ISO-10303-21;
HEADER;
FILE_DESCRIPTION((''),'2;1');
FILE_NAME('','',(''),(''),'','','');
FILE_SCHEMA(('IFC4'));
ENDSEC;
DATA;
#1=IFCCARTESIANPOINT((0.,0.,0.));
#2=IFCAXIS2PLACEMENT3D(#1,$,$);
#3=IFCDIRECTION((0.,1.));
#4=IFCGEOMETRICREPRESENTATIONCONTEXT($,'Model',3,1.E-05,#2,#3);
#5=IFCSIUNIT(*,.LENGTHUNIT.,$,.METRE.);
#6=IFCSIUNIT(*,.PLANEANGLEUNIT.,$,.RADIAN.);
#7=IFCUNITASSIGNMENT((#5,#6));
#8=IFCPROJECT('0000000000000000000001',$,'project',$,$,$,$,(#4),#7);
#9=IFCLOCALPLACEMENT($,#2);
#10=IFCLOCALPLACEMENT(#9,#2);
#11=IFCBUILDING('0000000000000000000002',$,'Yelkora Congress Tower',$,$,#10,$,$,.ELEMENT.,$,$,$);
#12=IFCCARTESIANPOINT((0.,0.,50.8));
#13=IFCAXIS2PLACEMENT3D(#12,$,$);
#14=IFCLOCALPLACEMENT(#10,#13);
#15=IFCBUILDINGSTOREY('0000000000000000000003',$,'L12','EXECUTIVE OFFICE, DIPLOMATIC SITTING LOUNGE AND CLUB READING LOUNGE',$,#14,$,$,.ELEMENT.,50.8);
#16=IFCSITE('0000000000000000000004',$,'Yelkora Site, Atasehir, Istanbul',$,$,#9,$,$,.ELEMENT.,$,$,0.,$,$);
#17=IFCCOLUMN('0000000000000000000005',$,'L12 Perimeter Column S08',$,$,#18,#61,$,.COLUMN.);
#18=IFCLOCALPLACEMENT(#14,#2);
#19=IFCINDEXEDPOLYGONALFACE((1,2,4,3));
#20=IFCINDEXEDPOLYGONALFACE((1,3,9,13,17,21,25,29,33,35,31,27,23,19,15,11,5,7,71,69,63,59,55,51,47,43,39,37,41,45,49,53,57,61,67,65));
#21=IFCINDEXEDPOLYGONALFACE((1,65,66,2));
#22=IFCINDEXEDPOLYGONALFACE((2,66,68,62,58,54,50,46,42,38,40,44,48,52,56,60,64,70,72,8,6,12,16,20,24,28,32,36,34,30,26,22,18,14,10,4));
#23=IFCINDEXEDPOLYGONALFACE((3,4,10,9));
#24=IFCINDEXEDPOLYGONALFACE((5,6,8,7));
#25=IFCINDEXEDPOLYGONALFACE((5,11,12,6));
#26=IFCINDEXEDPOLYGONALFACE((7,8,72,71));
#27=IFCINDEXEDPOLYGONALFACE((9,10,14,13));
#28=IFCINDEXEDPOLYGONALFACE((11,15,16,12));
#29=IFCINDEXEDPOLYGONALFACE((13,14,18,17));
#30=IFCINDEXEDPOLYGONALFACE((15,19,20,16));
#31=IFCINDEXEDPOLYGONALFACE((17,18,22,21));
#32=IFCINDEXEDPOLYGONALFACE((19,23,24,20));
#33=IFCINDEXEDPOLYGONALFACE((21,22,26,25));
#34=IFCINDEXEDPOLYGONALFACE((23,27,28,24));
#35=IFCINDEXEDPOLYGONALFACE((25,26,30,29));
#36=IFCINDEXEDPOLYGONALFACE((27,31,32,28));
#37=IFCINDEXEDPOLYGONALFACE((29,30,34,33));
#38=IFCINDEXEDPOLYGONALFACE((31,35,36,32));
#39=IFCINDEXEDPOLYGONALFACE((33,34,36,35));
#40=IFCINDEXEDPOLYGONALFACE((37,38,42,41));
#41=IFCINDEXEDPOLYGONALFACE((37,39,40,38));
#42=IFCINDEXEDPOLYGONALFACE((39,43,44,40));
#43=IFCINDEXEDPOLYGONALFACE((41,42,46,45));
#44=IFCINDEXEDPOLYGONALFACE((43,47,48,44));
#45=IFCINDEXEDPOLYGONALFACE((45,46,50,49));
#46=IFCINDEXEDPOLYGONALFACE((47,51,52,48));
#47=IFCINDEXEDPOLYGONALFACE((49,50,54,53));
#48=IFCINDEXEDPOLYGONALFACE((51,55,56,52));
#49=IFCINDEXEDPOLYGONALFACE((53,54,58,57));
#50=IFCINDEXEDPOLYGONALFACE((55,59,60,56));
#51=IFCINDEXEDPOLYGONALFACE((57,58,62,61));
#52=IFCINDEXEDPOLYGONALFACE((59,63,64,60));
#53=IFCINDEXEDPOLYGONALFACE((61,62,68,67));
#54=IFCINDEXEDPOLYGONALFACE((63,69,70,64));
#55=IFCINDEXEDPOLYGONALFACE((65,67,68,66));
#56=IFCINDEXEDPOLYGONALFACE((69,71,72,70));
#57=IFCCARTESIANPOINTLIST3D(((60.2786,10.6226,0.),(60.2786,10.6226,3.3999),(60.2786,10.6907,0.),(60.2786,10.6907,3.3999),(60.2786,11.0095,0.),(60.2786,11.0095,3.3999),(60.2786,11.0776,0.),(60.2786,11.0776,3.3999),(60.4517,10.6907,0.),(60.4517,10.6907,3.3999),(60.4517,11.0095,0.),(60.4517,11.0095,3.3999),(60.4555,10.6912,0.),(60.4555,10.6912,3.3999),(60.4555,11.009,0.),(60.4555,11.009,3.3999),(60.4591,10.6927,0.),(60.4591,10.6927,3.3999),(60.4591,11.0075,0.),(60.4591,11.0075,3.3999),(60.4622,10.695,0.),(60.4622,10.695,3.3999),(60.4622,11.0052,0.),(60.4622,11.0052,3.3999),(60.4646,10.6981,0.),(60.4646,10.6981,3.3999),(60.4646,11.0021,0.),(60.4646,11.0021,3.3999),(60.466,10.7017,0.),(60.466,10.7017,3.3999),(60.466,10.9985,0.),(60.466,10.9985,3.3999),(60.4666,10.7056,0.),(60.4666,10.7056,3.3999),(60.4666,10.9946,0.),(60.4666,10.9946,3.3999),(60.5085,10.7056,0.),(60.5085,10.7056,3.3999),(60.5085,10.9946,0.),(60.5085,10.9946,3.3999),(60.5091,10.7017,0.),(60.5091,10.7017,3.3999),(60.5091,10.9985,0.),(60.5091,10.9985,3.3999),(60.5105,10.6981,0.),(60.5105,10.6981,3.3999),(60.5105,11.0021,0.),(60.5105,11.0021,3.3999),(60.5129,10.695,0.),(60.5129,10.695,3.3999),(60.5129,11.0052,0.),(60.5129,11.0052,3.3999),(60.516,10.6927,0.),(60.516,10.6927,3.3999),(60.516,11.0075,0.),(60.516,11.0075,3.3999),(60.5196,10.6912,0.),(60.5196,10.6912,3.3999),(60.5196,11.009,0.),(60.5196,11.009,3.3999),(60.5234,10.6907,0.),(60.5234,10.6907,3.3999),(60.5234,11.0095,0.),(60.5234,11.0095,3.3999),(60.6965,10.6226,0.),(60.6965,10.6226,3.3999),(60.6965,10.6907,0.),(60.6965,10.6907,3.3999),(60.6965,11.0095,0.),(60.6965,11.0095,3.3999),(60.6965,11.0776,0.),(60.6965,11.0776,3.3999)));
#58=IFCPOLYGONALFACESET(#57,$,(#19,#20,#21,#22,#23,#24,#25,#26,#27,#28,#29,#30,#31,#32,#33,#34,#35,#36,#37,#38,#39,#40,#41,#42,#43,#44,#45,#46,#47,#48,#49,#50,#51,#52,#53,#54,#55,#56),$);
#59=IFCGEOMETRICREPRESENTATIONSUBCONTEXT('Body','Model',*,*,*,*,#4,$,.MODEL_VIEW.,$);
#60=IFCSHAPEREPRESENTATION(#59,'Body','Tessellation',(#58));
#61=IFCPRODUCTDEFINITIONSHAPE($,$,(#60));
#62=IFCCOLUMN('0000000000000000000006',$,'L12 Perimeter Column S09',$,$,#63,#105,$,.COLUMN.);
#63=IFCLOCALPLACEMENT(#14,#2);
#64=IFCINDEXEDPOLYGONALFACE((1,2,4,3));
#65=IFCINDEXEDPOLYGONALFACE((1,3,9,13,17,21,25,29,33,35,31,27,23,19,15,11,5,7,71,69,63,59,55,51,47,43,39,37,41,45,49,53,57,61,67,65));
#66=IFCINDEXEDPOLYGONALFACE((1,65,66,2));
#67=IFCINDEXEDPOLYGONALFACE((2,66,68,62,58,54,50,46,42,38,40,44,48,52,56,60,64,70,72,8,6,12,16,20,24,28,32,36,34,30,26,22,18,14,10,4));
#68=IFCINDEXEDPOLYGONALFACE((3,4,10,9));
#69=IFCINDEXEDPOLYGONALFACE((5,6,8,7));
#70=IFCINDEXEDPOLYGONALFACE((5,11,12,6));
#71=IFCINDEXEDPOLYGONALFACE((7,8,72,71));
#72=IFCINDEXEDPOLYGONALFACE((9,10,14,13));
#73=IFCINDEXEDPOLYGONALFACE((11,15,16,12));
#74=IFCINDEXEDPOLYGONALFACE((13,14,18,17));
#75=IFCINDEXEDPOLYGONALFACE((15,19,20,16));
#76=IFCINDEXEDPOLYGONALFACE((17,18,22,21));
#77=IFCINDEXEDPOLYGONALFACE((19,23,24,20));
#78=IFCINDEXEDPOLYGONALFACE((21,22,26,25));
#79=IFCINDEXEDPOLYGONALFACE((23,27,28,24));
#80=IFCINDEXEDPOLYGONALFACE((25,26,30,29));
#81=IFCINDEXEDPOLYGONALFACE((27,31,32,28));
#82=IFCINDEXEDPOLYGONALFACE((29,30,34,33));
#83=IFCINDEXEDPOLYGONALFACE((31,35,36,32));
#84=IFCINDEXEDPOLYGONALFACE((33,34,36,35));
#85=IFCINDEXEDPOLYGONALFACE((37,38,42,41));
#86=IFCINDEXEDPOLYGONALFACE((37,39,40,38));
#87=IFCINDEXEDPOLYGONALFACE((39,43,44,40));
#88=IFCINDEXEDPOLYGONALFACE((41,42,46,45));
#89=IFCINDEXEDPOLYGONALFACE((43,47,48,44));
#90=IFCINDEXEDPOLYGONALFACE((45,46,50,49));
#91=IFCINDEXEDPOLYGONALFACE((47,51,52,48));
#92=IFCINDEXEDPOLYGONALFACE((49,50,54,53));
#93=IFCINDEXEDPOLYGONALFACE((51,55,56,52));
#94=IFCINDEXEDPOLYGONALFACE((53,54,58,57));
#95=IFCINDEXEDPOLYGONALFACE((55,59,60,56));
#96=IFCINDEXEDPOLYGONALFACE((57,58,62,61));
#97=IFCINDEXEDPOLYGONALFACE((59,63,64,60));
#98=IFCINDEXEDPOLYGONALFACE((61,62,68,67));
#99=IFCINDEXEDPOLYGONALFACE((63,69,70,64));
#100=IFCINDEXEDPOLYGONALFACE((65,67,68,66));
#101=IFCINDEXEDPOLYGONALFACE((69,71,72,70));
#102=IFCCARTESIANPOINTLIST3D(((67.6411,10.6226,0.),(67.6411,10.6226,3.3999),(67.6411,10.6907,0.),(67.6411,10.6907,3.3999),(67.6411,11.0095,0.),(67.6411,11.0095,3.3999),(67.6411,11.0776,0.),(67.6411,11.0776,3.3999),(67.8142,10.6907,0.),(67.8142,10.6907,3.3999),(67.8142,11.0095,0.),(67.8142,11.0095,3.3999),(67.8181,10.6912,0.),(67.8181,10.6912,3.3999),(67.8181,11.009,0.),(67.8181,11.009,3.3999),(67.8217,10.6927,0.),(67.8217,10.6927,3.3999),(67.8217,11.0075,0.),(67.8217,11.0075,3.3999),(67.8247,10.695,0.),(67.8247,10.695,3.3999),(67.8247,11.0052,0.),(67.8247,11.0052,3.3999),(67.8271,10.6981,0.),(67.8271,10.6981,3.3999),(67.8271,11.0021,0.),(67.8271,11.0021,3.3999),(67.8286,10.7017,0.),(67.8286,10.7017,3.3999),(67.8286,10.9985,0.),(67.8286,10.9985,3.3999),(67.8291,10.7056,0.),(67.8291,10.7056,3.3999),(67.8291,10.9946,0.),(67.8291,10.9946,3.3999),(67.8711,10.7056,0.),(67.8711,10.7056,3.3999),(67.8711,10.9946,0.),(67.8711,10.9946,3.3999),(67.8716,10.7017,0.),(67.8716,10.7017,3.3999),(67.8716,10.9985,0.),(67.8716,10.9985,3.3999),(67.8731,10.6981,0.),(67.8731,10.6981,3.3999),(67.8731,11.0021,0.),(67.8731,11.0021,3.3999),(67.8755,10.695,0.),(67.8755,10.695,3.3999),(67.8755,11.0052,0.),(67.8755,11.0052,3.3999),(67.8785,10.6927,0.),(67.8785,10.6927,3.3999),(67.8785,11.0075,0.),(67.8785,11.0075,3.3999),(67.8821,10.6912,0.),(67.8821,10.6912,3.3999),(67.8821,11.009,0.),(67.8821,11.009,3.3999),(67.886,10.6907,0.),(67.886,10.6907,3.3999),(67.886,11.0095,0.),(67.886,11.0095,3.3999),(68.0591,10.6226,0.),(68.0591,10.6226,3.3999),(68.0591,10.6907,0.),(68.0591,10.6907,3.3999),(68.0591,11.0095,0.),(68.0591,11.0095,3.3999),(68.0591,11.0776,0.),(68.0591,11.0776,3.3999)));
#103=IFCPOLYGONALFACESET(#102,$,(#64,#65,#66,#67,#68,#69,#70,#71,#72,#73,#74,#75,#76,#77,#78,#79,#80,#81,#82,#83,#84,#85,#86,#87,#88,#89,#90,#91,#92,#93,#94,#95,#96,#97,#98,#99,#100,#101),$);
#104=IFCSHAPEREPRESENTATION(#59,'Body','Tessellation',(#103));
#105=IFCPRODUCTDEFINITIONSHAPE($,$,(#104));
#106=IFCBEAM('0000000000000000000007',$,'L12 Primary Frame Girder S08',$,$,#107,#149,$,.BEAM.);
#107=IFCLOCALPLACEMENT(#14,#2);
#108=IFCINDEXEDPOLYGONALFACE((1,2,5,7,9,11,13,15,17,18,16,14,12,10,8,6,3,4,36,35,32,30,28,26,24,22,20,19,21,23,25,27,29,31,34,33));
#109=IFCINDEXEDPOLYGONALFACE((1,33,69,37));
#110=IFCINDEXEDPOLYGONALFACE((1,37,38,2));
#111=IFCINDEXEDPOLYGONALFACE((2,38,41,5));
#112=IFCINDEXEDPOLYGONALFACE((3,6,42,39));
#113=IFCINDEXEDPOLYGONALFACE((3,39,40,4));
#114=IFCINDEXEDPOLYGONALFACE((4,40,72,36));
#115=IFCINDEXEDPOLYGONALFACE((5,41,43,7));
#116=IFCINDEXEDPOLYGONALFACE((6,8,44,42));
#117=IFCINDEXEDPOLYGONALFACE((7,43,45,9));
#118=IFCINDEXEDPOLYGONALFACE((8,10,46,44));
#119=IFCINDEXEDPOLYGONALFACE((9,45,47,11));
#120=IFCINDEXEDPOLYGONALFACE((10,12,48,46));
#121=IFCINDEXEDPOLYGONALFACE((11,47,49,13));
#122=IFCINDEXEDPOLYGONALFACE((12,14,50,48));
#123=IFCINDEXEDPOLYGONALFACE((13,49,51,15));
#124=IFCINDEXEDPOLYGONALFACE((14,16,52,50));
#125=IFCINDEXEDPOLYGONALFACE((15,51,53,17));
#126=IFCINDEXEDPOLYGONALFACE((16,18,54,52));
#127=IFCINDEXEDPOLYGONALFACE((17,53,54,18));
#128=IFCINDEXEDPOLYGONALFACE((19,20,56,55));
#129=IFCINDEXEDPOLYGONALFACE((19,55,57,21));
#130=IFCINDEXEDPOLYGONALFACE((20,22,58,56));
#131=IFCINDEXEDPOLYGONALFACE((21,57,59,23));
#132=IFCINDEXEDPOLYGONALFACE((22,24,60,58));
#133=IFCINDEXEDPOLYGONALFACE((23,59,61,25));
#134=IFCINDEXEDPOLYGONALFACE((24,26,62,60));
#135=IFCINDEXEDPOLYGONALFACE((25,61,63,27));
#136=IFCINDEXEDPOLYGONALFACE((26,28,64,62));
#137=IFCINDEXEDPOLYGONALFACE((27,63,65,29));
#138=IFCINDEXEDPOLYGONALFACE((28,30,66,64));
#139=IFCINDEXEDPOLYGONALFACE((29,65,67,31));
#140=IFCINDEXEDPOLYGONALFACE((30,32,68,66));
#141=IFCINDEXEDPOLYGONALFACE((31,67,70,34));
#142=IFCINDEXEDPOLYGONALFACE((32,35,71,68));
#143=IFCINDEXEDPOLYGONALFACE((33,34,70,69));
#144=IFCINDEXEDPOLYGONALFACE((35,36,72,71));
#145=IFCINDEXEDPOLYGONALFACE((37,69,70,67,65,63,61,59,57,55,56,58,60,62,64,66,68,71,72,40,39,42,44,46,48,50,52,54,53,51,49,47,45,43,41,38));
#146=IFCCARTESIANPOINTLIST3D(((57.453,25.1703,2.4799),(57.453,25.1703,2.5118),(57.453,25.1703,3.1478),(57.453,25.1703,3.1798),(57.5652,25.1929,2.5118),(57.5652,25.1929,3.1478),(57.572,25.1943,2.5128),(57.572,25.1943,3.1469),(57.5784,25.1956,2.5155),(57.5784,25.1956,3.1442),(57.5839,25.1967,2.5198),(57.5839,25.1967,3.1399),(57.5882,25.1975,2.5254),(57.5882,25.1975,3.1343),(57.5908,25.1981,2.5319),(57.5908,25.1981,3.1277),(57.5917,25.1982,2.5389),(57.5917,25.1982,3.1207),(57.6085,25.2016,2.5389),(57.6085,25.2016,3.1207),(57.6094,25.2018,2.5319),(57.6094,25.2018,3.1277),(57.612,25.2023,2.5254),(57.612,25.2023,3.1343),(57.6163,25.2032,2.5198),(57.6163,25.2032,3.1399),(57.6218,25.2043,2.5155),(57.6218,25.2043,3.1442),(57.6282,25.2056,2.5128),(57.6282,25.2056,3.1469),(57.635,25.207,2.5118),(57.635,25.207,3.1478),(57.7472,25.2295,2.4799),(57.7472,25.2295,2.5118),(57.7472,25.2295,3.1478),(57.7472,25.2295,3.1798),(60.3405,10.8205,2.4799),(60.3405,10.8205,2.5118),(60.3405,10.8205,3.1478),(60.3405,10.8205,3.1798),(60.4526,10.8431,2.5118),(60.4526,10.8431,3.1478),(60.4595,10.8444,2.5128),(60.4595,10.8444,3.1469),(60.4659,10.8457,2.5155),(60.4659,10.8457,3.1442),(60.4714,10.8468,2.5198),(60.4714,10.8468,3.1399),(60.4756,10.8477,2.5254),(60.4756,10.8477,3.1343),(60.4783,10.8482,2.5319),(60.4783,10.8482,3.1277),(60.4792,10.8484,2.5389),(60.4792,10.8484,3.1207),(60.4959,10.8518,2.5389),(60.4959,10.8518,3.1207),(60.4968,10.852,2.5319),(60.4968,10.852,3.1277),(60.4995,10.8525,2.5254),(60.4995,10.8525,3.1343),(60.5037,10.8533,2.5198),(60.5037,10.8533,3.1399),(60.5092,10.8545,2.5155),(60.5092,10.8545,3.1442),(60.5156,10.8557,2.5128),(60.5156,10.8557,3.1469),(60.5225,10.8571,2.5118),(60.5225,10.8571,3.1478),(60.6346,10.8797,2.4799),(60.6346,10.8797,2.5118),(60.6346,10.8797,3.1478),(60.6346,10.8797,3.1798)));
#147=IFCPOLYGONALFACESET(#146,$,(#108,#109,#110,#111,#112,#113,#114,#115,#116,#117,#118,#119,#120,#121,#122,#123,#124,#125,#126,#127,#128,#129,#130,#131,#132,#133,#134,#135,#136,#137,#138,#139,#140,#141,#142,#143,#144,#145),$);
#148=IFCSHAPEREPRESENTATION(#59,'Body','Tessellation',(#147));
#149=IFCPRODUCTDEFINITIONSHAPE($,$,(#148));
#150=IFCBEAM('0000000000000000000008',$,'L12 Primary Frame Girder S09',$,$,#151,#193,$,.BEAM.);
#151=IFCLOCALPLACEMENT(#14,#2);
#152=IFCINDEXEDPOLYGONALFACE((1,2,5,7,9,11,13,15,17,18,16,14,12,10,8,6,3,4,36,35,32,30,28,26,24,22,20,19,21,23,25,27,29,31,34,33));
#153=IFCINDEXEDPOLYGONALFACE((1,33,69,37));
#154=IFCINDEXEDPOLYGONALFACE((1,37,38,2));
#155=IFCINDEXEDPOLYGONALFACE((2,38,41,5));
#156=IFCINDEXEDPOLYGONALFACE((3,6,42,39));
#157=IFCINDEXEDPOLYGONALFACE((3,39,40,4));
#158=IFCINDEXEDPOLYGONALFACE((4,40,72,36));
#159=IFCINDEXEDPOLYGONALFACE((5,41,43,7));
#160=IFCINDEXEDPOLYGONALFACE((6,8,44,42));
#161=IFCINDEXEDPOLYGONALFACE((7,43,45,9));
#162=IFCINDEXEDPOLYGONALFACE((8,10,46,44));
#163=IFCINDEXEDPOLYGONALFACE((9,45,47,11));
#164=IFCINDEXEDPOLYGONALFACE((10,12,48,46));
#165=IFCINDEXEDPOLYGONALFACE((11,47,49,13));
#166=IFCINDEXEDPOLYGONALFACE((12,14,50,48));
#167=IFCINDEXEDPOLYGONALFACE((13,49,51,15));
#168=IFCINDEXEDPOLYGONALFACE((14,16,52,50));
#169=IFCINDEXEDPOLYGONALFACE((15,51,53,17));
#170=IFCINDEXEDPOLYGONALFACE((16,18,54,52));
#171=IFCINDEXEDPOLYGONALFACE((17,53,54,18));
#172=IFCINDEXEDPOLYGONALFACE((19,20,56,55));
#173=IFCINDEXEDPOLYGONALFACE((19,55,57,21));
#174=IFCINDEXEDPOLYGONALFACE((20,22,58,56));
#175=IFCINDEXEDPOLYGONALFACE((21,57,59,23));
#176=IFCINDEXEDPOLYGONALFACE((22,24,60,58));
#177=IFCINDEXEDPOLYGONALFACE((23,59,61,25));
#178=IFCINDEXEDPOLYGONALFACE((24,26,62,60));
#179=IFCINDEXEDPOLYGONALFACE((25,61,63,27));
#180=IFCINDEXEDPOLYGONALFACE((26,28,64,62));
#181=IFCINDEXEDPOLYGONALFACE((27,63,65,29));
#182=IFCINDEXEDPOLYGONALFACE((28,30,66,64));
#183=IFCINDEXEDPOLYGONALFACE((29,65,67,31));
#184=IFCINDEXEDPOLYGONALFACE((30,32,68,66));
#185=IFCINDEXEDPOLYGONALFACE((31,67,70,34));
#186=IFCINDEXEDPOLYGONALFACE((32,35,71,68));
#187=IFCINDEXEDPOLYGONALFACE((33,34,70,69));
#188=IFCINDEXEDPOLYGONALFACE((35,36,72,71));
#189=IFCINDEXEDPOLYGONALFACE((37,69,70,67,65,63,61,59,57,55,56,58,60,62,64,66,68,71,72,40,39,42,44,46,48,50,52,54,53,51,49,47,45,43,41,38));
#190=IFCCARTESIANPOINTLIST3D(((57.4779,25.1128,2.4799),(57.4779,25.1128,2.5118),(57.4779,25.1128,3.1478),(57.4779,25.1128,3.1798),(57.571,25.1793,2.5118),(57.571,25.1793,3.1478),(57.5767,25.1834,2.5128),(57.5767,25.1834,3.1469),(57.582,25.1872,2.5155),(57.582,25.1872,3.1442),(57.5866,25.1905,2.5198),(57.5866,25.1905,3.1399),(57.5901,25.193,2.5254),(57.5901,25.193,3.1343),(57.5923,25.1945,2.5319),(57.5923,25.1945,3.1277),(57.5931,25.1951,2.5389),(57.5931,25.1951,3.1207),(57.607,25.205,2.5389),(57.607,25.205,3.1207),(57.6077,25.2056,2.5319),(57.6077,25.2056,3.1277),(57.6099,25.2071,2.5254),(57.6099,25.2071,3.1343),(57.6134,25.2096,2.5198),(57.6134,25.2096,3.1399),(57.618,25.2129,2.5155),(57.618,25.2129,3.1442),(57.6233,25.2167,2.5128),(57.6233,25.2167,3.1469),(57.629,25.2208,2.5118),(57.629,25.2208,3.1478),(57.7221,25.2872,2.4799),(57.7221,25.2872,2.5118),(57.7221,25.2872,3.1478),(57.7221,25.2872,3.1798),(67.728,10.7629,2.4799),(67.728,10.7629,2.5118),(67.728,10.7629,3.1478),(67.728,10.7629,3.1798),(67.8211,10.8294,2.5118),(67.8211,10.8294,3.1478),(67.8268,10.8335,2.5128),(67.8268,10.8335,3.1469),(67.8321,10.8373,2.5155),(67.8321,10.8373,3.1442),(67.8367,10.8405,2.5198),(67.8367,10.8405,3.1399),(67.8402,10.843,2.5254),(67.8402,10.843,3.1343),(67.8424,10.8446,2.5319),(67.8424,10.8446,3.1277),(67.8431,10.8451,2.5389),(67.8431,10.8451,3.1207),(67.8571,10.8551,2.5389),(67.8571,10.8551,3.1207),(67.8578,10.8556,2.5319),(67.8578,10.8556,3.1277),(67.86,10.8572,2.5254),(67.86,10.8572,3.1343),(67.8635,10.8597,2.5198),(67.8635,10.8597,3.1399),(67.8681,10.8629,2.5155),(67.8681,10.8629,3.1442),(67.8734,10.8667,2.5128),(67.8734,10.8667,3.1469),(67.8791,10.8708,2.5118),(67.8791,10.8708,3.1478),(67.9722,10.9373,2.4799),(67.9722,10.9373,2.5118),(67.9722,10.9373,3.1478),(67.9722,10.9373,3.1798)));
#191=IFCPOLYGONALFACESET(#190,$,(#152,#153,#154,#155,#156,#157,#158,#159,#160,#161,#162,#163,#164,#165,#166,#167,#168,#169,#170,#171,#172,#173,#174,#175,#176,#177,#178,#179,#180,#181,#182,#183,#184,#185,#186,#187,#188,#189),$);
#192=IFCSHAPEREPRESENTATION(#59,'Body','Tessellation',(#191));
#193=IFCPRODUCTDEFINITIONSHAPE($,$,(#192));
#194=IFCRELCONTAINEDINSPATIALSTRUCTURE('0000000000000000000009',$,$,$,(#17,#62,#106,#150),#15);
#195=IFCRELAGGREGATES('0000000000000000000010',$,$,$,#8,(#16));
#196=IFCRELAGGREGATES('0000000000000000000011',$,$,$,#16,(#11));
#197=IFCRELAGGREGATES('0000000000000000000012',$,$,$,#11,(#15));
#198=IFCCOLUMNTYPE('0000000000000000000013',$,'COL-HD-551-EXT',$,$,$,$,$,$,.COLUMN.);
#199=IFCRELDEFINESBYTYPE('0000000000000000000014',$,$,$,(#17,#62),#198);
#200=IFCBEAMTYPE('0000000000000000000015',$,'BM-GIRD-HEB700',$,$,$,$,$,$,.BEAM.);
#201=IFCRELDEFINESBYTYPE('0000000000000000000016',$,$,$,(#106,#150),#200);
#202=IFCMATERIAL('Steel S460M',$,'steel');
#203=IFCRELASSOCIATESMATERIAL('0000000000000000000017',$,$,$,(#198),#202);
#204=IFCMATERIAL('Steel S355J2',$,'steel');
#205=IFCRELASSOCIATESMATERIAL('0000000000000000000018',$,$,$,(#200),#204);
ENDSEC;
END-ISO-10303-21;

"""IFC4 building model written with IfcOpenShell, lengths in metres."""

from ifc_helpers import new_model, si_unit, direction, frame, origin, origin_2d, place, context, subcontext, project, spatial, i_section, extrude, material, material_profile, profile_set, type_object, element, save


model = new_model("IFC4")

# Units and contexts
model_context = context("Model", 3, precision=1e-05, world=origin(), true_north=direction((0.0, 1.0)))
body_context = subcontext(model_context, "Body", "Model", "MODEL_VIEW")
ifc_project = project(units=[si_unit("LENGTHUNIT", "METRE"), si_unit("PLANEANGLEUNIT", "RADIAN")], contexts=[model_context])

# Site, building, storey
site_placement = place(None, origin())
site = spatial("IfcSite", under=ifc_project, at=site_placement, Name="Yelkora Site, Atasehir, Istanbul", CompositionType="ELEMENT", RefElevation=0.0)
building_placement = place(site_placement, origin())
building = spatial("IfcBuilding", under=site, at=building_placement, Name="Yelkora Congress Tower", CompositionType="ELEMENT")
storey_placement = place(building_placement, frame((0.0, 0.0, 50.8)))
storey = spatial("IfcBuildingStorey", under=building, at=storey_placement, Name="L12", Description="EXECUTIVE OFFICE, DIPLOMATIC SITTING LOUNGE AND CLUB READING LOUNGE", CompositionType="ELEMENT", Elevation=50.8)

# Columns
ifc_material_1 = material(Name="Steel S460M", Category="steel")
ifc_material_profile_1 = material_profile(ifc_material_1, i_section(OverallWidth=0.418, OverallDepth=0.4551, WebThickness=0.042, FlangeThickness=0.0681, FilletRadius=0.0149, at=origin_2d()), Name="HD 400x551")
ifc_profile_set_1 = profile_set([ifc_material_profile_1], Name="Steel S460M")
column_type = type_object("IfcColumnType", Name="COL-HD-551-EXT", PredefinedType="COLUMN", material=ifc_profile_set_1)
for number, where, z_axis, x_axis, name in (
    (1, (60.4875, 10.8501, 0.0), (0.0, 0.0, 1.0), (1.0, 0.0, 0.0), "L12 Perimeter Column S08"),
    (2, (67.8501, 10.8501, 0.0), (0.0, 0.0, 1.0), (1.0, 0.0, 0.0), "L12 Perimeter Column S09"),
):
    element("IfcColumn", number, at=place(storey_placement, frame(where, z_axis=z_axis, x_axis=x_axis)), inside=storey, type_object=column_type, Name=name, PredefinedType="COLUMN", context=body_context, shape_type="SweptSolid", body=[
        extrude(i_section(OverallWidth=0.418, OverallDepth=0.4551, WebThickness=0.042, FlangeThickness=0.0681, FilletRadius=0.0149, at=origin_2d()), origin(), (0.0, 0.0, 1.0), 3.3999),
    ])

# Beams
ifc_material_2 = material(Name="Steel S355J2", Category="steel")
ifc_material_profile_2 = material_profile(ifc_material_2, i_section(OverallWidth=0.3, OverallDepth=0.7, WebThickness=0.0171, FlangeThickness=0.032, FilletRadius=0.0271, at=origin_2d()), Name="HEB 700")
ifc_profile_set_2 = profile_set([ifc_material_profile_2], Name="Steel S355J2")
beam_type_1 = type_object("IfcBeamType", Name="BM-GIRD-HEB700", PredefinedType="BEAM", material=ifc_profile_set_2)
beam_1_placement = place(storey_placement, frame((60.4875, 10.8501, 2.8298), z_axis=(-0.197264, 0.98035, 0.0), x_axis=(-0.98035, -0.197264, 0.0)))
element("IfcBeam", 3, at=beam_1_placement, inside=storey, type_object=beam_type_1, Name="L12 Primary Frame Girder S08", PredefinedType="BEAM", context=body_context, shape_type="SweptSolid", body=[
    extrude(i_section(OverallWidth=0.3, OverallDepth=0.7, WebThickness=0.0171, FlangeThickness=0.032, FilletRadius=0.0271, at=origin_2d()), origin(), (0.0, 0.0, 1.0), 14.6375),
])
beam_2_placement = place(storey_placement, frame((67.8501, 10.8501, 2.8298), z_axis=(-0.581242, 0.813731, 0.0), x_axis=(-0.813731, -0.581242, 0.0)))
element("IfcBeam", 4, at=beam_2_placement, inside=storey, type_object=beam_type_1, Name="L12 Primary Frame Girder S09", PredefinedType="BEAM", context=body_context, shape_type="SweptSolid", body=[
    extrude(i_section(OverallWidth=0.3, OverallDepth=0.7, WebThickness=0.0171, FlangeThickness=0.032, FilletRadius=0.0271, at=origin_2d()), origin(), (0.0, 0.0, 1.0), 17.6348),
])

save(model, "model.ifc")
